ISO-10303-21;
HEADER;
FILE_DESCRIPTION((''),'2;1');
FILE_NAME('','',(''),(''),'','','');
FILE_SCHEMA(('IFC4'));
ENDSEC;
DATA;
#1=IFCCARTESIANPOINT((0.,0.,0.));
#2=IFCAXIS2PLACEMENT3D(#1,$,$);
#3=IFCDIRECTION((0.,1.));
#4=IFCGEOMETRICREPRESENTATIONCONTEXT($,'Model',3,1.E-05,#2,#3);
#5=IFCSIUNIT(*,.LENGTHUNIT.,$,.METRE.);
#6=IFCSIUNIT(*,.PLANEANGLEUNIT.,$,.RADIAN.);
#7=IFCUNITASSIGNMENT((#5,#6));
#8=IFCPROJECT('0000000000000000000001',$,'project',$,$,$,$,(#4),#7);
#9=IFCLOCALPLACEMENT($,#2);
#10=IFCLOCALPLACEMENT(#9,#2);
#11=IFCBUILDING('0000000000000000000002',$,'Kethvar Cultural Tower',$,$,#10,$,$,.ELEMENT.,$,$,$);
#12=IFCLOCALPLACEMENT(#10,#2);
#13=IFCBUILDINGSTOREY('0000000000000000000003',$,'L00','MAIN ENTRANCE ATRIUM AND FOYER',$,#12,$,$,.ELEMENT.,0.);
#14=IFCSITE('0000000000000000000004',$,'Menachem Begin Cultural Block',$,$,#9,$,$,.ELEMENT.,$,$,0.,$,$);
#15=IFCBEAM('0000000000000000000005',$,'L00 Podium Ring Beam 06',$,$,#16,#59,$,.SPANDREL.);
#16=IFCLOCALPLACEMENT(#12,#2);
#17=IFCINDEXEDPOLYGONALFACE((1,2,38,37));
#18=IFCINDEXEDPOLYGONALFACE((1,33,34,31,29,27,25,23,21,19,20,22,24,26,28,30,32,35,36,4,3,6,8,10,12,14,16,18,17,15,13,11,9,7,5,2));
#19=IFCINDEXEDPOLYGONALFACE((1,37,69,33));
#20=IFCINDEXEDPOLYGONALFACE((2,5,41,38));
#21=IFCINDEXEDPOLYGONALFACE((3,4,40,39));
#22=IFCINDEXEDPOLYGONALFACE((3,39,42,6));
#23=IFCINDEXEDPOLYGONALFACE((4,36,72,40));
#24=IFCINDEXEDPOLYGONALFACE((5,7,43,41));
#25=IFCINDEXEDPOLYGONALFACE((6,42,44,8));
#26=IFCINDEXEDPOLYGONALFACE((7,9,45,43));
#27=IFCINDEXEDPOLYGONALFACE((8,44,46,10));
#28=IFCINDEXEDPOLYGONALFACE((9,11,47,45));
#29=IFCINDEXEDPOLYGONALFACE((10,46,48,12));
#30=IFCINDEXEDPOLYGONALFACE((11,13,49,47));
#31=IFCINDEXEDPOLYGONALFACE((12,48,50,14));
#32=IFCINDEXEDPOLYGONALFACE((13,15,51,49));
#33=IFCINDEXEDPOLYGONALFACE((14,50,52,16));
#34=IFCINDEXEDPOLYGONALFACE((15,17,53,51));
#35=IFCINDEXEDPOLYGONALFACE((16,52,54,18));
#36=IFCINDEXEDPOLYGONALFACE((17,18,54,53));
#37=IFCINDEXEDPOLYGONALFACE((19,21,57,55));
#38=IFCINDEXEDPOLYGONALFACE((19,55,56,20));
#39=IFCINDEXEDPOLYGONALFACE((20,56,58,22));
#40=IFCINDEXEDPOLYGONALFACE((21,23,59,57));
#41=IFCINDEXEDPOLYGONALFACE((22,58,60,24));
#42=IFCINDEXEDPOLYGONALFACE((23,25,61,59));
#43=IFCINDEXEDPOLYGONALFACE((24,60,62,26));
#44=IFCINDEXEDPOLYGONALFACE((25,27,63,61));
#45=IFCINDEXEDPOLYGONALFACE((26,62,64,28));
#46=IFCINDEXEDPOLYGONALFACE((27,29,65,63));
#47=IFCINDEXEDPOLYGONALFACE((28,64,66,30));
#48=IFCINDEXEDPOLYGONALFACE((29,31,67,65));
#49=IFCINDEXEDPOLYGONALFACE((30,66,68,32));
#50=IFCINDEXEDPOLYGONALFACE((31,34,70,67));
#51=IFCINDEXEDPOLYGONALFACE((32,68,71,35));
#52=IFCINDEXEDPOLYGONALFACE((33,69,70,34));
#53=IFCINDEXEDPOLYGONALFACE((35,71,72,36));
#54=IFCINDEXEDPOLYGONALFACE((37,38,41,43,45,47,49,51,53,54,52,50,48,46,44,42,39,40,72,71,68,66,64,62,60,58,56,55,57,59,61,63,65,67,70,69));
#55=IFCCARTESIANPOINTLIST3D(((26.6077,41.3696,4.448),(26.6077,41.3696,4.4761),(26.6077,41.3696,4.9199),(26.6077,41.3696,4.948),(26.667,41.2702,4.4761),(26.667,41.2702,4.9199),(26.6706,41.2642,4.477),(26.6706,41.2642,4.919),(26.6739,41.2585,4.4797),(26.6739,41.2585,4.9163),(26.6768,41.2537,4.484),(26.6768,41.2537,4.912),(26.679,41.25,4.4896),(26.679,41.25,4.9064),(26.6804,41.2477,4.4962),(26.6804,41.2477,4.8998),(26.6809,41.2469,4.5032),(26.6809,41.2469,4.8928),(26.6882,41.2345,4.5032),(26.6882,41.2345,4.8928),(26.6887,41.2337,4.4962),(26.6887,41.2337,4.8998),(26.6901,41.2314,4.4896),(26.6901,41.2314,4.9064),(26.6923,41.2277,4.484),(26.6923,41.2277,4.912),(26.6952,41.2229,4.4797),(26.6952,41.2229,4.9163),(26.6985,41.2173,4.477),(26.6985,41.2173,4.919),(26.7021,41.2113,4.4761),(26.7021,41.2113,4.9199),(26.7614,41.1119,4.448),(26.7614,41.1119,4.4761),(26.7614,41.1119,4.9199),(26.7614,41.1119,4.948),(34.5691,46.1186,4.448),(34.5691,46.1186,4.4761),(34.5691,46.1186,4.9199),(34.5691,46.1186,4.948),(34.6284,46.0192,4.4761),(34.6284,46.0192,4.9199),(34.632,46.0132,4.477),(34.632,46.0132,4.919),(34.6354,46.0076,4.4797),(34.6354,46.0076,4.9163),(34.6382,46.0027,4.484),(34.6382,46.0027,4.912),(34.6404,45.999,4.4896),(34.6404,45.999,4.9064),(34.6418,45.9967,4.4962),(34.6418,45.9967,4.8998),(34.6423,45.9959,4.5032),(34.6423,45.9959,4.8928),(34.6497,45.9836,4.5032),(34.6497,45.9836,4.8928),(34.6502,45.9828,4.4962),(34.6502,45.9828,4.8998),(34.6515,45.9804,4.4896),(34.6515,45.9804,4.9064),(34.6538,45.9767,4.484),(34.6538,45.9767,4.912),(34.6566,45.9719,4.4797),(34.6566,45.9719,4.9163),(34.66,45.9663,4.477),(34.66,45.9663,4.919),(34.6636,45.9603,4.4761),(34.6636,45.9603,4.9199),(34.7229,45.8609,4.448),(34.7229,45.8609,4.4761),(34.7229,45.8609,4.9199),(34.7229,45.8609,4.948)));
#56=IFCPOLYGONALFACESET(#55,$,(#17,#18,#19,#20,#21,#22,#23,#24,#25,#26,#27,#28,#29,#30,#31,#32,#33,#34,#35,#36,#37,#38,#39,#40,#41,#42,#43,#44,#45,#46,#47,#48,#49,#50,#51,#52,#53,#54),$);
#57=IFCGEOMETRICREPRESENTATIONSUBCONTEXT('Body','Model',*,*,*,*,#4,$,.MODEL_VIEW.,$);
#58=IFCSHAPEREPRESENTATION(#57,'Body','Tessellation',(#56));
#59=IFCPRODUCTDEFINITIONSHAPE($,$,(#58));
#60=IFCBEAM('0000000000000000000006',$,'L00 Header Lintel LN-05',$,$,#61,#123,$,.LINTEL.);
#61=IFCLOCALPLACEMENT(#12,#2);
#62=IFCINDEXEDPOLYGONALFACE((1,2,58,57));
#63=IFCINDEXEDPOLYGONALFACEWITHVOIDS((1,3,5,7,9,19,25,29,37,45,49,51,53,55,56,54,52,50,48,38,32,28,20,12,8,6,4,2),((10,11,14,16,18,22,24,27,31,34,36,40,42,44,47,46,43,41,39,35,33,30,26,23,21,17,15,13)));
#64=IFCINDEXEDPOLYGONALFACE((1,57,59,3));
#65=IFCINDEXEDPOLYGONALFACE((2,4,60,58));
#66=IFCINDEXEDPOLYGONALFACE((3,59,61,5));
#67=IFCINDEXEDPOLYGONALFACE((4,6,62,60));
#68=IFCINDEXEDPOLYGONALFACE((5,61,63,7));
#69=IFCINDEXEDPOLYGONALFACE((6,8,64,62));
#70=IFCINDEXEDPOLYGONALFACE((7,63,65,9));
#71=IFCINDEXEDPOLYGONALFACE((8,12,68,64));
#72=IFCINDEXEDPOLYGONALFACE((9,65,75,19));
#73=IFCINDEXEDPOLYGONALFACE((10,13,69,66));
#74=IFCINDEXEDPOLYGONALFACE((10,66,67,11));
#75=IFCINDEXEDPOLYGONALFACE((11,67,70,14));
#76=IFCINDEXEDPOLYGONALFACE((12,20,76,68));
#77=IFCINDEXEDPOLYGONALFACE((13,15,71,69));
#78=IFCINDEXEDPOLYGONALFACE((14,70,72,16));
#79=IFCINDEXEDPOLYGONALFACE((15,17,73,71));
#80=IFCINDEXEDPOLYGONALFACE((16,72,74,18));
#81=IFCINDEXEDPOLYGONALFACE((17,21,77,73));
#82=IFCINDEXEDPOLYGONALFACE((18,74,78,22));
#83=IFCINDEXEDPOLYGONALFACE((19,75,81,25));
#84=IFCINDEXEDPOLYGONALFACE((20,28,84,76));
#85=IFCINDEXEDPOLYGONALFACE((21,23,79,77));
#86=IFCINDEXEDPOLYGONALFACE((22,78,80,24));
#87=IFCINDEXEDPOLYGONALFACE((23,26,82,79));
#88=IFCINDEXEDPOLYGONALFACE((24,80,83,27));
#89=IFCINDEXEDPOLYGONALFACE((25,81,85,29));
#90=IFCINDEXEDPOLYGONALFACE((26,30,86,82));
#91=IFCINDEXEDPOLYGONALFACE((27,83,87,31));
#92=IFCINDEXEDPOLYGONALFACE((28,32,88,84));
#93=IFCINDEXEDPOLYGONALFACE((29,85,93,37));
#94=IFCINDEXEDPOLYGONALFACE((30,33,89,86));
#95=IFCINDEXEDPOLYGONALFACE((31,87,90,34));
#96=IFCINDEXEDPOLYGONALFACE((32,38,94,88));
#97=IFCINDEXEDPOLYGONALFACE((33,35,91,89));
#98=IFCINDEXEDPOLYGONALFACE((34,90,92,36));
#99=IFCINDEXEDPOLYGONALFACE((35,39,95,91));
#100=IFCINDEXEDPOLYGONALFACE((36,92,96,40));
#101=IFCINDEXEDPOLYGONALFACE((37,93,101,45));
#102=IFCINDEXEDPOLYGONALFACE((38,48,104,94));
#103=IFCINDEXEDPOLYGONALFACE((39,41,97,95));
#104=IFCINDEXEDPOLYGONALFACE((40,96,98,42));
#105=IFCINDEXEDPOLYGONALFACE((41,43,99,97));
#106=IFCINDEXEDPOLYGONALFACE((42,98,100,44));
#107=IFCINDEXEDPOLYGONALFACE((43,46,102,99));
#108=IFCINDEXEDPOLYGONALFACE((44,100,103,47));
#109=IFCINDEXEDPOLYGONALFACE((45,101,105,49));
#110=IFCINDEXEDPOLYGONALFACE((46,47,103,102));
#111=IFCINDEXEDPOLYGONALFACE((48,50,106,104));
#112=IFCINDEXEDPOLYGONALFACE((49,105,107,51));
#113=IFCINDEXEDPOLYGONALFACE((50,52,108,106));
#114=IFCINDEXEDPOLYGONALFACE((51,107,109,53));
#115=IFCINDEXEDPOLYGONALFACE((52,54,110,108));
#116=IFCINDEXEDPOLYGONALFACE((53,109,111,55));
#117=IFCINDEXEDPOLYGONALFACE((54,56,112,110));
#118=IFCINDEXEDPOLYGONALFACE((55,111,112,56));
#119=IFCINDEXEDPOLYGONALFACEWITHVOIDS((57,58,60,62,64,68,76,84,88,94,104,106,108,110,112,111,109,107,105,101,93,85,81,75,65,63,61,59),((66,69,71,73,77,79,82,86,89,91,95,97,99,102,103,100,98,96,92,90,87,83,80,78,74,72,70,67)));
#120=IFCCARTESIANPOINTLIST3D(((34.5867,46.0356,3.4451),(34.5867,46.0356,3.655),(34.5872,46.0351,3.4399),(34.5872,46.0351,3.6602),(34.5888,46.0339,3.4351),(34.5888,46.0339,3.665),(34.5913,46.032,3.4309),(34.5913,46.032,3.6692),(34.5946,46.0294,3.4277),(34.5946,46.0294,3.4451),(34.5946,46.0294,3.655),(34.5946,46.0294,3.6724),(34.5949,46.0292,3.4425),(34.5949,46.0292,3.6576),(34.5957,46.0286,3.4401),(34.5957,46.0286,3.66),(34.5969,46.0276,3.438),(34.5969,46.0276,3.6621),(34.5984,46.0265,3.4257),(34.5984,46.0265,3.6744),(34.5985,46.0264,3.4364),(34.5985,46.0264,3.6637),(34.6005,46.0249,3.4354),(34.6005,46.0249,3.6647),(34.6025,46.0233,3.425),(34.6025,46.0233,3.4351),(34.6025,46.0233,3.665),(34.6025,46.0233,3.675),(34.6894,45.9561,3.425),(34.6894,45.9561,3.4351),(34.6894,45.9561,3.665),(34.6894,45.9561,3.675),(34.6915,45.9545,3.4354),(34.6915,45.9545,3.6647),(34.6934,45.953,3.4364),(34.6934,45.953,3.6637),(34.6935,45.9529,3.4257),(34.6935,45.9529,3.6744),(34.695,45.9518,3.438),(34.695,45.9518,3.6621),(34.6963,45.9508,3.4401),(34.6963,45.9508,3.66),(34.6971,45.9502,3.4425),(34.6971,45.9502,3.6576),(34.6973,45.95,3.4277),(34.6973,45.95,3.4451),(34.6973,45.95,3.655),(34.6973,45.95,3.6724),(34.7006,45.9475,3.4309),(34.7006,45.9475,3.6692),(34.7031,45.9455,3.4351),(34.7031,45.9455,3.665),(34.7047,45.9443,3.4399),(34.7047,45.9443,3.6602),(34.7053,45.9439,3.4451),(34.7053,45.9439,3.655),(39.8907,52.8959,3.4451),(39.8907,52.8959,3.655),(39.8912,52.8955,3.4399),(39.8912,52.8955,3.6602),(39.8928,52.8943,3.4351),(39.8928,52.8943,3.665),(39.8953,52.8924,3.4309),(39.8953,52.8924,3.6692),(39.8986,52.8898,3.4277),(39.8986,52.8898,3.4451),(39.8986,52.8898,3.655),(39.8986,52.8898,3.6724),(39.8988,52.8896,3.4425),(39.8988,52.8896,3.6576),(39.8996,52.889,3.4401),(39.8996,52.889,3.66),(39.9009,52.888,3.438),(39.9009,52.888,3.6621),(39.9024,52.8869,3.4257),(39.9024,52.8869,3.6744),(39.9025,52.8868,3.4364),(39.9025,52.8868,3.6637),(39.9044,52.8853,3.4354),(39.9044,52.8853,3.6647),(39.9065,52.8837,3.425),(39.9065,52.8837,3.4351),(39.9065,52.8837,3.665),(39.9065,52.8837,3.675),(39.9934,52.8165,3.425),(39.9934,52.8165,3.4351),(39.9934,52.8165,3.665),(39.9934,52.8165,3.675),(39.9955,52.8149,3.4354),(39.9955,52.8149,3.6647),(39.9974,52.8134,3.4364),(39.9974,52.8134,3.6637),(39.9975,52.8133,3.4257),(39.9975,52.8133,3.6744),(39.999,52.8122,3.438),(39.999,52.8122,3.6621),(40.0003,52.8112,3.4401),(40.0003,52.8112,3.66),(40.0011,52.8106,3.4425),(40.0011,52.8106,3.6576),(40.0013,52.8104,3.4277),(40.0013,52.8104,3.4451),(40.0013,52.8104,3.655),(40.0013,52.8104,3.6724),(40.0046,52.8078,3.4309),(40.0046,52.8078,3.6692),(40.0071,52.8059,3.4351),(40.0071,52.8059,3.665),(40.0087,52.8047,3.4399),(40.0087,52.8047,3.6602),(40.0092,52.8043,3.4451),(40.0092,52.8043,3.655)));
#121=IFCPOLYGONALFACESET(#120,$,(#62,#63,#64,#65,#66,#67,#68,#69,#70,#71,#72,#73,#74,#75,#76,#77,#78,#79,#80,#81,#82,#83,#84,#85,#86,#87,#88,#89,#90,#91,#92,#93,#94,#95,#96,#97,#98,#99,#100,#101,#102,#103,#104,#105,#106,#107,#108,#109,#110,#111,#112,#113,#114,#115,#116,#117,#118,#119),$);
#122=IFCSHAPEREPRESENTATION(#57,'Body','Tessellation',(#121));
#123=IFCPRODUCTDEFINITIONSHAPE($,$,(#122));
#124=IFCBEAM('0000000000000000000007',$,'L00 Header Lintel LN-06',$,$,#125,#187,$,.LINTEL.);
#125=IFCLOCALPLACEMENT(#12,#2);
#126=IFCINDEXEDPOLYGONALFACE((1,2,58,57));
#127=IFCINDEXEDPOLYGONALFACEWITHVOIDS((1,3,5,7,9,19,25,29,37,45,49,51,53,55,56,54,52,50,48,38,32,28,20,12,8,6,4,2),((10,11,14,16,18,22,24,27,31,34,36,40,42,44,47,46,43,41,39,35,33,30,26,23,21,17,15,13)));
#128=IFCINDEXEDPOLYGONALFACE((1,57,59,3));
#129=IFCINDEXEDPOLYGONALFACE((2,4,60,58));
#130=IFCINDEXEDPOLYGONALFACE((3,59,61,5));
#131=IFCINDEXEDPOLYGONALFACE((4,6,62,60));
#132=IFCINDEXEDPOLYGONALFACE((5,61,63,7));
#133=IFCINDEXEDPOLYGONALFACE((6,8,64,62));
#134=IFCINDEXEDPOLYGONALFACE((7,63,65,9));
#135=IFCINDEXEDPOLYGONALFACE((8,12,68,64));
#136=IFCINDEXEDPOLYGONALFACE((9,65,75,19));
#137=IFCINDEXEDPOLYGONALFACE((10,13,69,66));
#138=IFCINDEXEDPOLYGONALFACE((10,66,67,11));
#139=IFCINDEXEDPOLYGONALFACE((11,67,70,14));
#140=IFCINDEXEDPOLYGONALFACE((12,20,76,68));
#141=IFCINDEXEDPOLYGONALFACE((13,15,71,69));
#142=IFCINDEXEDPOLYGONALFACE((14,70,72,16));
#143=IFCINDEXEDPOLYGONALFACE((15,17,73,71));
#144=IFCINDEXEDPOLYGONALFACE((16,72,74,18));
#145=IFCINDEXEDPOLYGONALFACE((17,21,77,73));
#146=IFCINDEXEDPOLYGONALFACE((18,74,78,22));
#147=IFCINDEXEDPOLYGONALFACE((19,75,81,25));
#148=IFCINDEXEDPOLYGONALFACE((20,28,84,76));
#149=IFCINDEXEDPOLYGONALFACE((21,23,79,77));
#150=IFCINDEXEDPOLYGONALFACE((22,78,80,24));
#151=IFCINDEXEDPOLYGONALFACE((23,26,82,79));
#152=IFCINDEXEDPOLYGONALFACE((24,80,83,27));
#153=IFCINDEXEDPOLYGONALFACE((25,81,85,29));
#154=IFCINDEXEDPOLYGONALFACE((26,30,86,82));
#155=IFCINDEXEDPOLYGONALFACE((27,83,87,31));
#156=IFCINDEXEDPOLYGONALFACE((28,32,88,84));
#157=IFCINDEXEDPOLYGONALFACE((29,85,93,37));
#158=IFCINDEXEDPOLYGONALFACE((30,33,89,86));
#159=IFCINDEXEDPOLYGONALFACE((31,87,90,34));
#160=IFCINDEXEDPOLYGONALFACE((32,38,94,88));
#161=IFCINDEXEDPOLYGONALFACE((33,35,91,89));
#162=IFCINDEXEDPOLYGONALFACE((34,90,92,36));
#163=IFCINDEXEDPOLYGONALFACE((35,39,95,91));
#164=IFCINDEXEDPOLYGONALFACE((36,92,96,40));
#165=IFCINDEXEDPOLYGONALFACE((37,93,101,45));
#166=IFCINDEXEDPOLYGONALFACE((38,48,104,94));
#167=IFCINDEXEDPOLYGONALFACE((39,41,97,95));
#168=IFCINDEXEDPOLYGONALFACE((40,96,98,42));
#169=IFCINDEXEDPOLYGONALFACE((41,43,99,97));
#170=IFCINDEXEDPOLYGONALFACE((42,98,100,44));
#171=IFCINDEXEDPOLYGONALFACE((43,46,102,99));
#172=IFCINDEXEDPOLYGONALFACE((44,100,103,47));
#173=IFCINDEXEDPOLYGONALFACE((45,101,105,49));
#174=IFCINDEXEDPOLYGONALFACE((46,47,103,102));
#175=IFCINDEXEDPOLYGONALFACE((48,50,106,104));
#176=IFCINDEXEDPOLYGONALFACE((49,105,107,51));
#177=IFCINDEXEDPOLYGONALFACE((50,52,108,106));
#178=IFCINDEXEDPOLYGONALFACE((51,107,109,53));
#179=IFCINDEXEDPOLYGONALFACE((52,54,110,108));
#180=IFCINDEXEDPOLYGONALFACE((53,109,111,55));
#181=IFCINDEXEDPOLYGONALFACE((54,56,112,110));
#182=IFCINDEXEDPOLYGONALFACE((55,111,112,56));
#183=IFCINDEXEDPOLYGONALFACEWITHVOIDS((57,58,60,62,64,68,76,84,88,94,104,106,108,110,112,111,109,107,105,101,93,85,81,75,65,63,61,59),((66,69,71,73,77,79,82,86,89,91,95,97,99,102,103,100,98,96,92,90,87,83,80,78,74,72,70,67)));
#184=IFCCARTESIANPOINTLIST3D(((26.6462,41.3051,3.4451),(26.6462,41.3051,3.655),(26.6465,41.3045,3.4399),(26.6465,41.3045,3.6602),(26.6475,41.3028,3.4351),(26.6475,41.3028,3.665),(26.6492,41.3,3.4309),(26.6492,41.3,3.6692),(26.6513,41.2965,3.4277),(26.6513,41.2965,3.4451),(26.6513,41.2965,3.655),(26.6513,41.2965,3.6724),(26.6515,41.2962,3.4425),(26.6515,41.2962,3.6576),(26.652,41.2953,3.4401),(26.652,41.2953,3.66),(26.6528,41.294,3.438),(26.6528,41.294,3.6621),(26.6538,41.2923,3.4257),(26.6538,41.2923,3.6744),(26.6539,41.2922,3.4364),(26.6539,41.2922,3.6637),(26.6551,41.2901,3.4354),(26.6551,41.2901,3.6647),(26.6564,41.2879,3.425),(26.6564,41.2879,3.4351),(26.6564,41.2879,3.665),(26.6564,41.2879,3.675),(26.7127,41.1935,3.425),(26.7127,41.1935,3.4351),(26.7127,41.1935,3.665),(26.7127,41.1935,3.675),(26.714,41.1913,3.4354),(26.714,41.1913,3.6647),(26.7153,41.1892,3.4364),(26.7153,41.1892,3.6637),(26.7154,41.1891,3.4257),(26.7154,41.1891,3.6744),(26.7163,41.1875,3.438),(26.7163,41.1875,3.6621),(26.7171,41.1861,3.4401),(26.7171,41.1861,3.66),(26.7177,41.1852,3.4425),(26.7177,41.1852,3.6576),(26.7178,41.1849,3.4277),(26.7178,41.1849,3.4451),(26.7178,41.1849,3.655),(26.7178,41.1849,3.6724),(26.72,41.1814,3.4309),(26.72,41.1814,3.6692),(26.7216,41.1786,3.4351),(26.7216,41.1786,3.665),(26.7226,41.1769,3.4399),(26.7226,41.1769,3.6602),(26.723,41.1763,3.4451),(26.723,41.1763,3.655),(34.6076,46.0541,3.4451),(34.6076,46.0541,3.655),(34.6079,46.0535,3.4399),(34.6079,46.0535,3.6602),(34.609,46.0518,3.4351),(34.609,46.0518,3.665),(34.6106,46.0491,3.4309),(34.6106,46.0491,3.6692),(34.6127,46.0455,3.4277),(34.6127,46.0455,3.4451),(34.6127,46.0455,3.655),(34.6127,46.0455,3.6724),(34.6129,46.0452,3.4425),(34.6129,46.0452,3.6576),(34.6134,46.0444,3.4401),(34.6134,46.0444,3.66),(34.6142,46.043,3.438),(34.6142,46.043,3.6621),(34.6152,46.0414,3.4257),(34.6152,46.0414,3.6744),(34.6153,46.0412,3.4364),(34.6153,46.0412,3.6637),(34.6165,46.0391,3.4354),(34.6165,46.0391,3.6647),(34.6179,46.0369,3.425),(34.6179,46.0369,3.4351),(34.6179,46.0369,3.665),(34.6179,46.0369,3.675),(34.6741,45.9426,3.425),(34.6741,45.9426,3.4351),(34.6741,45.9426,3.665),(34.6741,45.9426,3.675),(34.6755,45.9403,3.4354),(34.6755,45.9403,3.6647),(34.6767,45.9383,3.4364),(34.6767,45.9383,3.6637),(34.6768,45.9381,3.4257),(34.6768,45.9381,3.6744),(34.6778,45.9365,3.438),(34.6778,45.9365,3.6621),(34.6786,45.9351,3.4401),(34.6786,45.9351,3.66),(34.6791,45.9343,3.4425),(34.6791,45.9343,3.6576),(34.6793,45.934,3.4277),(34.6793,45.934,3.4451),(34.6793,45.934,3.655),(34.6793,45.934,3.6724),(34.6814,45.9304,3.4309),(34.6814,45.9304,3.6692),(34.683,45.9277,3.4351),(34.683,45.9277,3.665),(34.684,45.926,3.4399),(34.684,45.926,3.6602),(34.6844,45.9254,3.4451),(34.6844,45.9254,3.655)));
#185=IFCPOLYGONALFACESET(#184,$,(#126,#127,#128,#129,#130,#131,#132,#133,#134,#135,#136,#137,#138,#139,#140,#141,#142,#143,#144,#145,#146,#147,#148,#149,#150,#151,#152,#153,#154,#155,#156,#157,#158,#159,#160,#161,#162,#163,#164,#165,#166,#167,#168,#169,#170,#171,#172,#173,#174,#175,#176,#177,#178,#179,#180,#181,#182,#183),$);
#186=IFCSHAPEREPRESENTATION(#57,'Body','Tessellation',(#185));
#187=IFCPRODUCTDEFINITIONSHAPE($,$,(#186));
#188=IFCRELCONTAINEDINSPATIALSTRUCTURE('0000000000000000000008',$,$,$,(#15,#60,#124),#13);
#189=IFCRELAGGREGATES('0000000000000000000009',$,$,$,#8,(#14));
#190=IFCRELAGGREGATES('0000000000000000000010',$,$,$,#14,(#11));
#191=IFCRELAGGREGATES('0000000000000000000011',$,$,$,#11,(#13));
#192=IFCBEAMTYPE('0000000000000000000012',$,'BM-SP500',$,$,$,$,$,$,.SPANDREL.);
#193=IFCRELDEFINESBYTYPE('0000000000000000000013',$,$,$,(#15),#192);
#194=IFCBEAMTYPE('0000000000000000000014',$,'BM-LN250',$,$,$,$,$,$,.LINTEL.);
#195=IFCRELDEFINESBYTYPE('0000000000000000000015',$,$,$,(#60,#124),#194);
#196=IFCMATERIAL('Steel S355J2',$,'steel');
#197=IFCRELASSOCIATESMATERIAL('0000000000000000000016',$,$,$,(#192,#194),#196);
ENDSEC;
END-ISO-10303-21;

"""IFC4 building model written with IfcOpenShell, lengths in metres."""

from ifc_helpers import new_model, si_unit, direction, frame, origin, origin_2d, place, context, subcontext, project, spatial, hollow_rectangle, i_section, extrude, source, transform, mapped, material, material_profile, profile_set, type_object, element, save


model = new_model("IFC4")

# Units and contexts
model_context = context("Model", 3, precision=1e-05, world=origin(), true_north=direction((0.0, 1.0)))
body_context = subcontext(model_context, "Body", "Model", "MODEL_VIEW")
ifc_project = project(units=[si_unit("LENGTHUNIT", "METRE"), si_unit("PLANEANGLEUNIT", "RADIAN")], contexts=[model_context])

# Site, building, storey
site_placement = place(None, origin())
site = spatial("IfcSite", under=ifc_project, at=site_placement, Name="Menachem Begin Cultural Block", CompositionType="ELEMENT", RefElevation=0.0)
building_placement = place(site_placement, origin())
building = spatial("IfcBuilding", under=site, at=building_placement, Name="Kethvar Cultural Tower", CompositionType="ELEMENT")
storey_placement = place(building_placement, origin())
storey = spatial("IfcBuildingStorey", under=building, at=storey_placement, Name="L00", Description="MAIN ENTRANCE ATRIUM AND FOYER", CompositionType="ELEMENT", Elevation=0.0)

# Beams
ifc_material_1 = material(Name="Steel S355J2", Category="steel")
ifc_material_profile_1 = material_profile(ifc_material_1, i_section(OverallWidth=0.3, OverallDepth=0.5, WebThickness=0.0144, FlangeThickness=0.0281, FilletRadius=0.0271, at=origin_2d()), Name="Steel S355J2 — HEB500")
ifc_profile_set_1 = profile_set([ifc_material_profile_1], Name="Steel S355J2 — HEB500")
beam_type_1 = type_object("IfcBeamType", Name="BM-SP500", PredefinedType="SPANDREL", material=ifc_profile_set_1)
shared_shape_1 = source(origin(), body_context, "Body", "SweptSolid", [
    extrude(i_section(OverallWidth=0.3, OverallDepth=0.5, WebThickness=0.0144, FlangeThickness=0.0281, FilletRadius=0.0271, at=origin_2d()), origin(), (0.0, 0.0, 1.0), 9.2703),
])
beam_1_placement = place(storey_placement, frame((34.646, 45.9897, 4.698), z_axis=(-0.858815, -0.512286, 0.0), x_axis=(0.512286, -0.858815, 0.0)))
element("IfcBeam", 1, at=beam_1_placement, inside=storey, type_object=beam_type_1, Name="L00 Podium Ring Beam 06", PredefinedType="SPANDREL", context=body_context, shape_type="MappedRepresentation", body=[
    mapped(shared_shape_1, transform((0.0, 0.0, 0.0), scale=1.0)),
])
ifc_material_profile_2 = material_profile(ifc_material_1, hollow_rectangle(XDim=0.1499, YDim=0.25, WallThickness=0.01, InnerFilletRadius=0.01, OuterFilletRadius=0.02, at=origin_2d()), Name="Steel S355J2 — RHS250x150x10")
ifc_profile_set_2 = profile_set([ifc_material_profile_2], Name="Steel S355J2 — RHS250x150x10")
beam_type_2 = type_object("IfcBeamType", Name="BM-LN250", PredefinedType="LINTEL", material=ifc_profile_set_2)
shared_shape_2 = source(origin(), body_context, "Body", "SweptSolid", [
    extrude(hollow_rectangle(XDim=0.1499, YDim=0.25, WallThickness=0.01, InnerFilletRadius=0.01, OuterFilletRadius=0.02, at=origin_2d()), origin(), (0.0, 0.0, 1.0), 8.6716),
])
beam_2_placement = place(storey_placement, frame((39.95, 52.8501, 3.55), z_axis=(-0.611648, -0.79113, 0.0), x_axis=(0.79113, -0.611648, 0.0)))
element("IfcBeam", 2, at=beam_2_placement, inside=storey, type_object=beam_type_2, Name="L00 Header Lintel LN-05", PredefinedType="LINTEL", context=body_context, shape_type="MappedRepresentation", body=[
    mapped(shared_shape_2, transform((0.0, 0.0, 0.0), scale=1.0)),
])
shared_shape_3 = source(origin(), body_context, "Body", "SweptSolid", [
    extrude(hollow_rectangle(XDim=0.1499, YDim=0.25, WallThickness=0.01, InnerFilletRadius=0.01, OuterFilletRadius=0.02, at=origin_2d()), origin(), (0.0, 0.0, 1.0), 9.2703),
])
beam_3_placement = place(storey_placement, frame((34.646, 45.9897, 3.55), z_axis=(-0.858815, -0.512286, 0.0), x_axis=(0.512286, -0.858815, 0.0)))
element("IfcBeam", 3, at=beam_3_placement, inside=storey, type_object=beam_type_2, Name="L00 Header Lintel LN-06", PredefinedType="LINTEL", context=body_context, shape_type="MappedRepresentation", body=[
    mapped(shared_shape_3, transform((0.0, 0.0, 0.0), scale=1.0)),
])

save(model, "model.ifc")
